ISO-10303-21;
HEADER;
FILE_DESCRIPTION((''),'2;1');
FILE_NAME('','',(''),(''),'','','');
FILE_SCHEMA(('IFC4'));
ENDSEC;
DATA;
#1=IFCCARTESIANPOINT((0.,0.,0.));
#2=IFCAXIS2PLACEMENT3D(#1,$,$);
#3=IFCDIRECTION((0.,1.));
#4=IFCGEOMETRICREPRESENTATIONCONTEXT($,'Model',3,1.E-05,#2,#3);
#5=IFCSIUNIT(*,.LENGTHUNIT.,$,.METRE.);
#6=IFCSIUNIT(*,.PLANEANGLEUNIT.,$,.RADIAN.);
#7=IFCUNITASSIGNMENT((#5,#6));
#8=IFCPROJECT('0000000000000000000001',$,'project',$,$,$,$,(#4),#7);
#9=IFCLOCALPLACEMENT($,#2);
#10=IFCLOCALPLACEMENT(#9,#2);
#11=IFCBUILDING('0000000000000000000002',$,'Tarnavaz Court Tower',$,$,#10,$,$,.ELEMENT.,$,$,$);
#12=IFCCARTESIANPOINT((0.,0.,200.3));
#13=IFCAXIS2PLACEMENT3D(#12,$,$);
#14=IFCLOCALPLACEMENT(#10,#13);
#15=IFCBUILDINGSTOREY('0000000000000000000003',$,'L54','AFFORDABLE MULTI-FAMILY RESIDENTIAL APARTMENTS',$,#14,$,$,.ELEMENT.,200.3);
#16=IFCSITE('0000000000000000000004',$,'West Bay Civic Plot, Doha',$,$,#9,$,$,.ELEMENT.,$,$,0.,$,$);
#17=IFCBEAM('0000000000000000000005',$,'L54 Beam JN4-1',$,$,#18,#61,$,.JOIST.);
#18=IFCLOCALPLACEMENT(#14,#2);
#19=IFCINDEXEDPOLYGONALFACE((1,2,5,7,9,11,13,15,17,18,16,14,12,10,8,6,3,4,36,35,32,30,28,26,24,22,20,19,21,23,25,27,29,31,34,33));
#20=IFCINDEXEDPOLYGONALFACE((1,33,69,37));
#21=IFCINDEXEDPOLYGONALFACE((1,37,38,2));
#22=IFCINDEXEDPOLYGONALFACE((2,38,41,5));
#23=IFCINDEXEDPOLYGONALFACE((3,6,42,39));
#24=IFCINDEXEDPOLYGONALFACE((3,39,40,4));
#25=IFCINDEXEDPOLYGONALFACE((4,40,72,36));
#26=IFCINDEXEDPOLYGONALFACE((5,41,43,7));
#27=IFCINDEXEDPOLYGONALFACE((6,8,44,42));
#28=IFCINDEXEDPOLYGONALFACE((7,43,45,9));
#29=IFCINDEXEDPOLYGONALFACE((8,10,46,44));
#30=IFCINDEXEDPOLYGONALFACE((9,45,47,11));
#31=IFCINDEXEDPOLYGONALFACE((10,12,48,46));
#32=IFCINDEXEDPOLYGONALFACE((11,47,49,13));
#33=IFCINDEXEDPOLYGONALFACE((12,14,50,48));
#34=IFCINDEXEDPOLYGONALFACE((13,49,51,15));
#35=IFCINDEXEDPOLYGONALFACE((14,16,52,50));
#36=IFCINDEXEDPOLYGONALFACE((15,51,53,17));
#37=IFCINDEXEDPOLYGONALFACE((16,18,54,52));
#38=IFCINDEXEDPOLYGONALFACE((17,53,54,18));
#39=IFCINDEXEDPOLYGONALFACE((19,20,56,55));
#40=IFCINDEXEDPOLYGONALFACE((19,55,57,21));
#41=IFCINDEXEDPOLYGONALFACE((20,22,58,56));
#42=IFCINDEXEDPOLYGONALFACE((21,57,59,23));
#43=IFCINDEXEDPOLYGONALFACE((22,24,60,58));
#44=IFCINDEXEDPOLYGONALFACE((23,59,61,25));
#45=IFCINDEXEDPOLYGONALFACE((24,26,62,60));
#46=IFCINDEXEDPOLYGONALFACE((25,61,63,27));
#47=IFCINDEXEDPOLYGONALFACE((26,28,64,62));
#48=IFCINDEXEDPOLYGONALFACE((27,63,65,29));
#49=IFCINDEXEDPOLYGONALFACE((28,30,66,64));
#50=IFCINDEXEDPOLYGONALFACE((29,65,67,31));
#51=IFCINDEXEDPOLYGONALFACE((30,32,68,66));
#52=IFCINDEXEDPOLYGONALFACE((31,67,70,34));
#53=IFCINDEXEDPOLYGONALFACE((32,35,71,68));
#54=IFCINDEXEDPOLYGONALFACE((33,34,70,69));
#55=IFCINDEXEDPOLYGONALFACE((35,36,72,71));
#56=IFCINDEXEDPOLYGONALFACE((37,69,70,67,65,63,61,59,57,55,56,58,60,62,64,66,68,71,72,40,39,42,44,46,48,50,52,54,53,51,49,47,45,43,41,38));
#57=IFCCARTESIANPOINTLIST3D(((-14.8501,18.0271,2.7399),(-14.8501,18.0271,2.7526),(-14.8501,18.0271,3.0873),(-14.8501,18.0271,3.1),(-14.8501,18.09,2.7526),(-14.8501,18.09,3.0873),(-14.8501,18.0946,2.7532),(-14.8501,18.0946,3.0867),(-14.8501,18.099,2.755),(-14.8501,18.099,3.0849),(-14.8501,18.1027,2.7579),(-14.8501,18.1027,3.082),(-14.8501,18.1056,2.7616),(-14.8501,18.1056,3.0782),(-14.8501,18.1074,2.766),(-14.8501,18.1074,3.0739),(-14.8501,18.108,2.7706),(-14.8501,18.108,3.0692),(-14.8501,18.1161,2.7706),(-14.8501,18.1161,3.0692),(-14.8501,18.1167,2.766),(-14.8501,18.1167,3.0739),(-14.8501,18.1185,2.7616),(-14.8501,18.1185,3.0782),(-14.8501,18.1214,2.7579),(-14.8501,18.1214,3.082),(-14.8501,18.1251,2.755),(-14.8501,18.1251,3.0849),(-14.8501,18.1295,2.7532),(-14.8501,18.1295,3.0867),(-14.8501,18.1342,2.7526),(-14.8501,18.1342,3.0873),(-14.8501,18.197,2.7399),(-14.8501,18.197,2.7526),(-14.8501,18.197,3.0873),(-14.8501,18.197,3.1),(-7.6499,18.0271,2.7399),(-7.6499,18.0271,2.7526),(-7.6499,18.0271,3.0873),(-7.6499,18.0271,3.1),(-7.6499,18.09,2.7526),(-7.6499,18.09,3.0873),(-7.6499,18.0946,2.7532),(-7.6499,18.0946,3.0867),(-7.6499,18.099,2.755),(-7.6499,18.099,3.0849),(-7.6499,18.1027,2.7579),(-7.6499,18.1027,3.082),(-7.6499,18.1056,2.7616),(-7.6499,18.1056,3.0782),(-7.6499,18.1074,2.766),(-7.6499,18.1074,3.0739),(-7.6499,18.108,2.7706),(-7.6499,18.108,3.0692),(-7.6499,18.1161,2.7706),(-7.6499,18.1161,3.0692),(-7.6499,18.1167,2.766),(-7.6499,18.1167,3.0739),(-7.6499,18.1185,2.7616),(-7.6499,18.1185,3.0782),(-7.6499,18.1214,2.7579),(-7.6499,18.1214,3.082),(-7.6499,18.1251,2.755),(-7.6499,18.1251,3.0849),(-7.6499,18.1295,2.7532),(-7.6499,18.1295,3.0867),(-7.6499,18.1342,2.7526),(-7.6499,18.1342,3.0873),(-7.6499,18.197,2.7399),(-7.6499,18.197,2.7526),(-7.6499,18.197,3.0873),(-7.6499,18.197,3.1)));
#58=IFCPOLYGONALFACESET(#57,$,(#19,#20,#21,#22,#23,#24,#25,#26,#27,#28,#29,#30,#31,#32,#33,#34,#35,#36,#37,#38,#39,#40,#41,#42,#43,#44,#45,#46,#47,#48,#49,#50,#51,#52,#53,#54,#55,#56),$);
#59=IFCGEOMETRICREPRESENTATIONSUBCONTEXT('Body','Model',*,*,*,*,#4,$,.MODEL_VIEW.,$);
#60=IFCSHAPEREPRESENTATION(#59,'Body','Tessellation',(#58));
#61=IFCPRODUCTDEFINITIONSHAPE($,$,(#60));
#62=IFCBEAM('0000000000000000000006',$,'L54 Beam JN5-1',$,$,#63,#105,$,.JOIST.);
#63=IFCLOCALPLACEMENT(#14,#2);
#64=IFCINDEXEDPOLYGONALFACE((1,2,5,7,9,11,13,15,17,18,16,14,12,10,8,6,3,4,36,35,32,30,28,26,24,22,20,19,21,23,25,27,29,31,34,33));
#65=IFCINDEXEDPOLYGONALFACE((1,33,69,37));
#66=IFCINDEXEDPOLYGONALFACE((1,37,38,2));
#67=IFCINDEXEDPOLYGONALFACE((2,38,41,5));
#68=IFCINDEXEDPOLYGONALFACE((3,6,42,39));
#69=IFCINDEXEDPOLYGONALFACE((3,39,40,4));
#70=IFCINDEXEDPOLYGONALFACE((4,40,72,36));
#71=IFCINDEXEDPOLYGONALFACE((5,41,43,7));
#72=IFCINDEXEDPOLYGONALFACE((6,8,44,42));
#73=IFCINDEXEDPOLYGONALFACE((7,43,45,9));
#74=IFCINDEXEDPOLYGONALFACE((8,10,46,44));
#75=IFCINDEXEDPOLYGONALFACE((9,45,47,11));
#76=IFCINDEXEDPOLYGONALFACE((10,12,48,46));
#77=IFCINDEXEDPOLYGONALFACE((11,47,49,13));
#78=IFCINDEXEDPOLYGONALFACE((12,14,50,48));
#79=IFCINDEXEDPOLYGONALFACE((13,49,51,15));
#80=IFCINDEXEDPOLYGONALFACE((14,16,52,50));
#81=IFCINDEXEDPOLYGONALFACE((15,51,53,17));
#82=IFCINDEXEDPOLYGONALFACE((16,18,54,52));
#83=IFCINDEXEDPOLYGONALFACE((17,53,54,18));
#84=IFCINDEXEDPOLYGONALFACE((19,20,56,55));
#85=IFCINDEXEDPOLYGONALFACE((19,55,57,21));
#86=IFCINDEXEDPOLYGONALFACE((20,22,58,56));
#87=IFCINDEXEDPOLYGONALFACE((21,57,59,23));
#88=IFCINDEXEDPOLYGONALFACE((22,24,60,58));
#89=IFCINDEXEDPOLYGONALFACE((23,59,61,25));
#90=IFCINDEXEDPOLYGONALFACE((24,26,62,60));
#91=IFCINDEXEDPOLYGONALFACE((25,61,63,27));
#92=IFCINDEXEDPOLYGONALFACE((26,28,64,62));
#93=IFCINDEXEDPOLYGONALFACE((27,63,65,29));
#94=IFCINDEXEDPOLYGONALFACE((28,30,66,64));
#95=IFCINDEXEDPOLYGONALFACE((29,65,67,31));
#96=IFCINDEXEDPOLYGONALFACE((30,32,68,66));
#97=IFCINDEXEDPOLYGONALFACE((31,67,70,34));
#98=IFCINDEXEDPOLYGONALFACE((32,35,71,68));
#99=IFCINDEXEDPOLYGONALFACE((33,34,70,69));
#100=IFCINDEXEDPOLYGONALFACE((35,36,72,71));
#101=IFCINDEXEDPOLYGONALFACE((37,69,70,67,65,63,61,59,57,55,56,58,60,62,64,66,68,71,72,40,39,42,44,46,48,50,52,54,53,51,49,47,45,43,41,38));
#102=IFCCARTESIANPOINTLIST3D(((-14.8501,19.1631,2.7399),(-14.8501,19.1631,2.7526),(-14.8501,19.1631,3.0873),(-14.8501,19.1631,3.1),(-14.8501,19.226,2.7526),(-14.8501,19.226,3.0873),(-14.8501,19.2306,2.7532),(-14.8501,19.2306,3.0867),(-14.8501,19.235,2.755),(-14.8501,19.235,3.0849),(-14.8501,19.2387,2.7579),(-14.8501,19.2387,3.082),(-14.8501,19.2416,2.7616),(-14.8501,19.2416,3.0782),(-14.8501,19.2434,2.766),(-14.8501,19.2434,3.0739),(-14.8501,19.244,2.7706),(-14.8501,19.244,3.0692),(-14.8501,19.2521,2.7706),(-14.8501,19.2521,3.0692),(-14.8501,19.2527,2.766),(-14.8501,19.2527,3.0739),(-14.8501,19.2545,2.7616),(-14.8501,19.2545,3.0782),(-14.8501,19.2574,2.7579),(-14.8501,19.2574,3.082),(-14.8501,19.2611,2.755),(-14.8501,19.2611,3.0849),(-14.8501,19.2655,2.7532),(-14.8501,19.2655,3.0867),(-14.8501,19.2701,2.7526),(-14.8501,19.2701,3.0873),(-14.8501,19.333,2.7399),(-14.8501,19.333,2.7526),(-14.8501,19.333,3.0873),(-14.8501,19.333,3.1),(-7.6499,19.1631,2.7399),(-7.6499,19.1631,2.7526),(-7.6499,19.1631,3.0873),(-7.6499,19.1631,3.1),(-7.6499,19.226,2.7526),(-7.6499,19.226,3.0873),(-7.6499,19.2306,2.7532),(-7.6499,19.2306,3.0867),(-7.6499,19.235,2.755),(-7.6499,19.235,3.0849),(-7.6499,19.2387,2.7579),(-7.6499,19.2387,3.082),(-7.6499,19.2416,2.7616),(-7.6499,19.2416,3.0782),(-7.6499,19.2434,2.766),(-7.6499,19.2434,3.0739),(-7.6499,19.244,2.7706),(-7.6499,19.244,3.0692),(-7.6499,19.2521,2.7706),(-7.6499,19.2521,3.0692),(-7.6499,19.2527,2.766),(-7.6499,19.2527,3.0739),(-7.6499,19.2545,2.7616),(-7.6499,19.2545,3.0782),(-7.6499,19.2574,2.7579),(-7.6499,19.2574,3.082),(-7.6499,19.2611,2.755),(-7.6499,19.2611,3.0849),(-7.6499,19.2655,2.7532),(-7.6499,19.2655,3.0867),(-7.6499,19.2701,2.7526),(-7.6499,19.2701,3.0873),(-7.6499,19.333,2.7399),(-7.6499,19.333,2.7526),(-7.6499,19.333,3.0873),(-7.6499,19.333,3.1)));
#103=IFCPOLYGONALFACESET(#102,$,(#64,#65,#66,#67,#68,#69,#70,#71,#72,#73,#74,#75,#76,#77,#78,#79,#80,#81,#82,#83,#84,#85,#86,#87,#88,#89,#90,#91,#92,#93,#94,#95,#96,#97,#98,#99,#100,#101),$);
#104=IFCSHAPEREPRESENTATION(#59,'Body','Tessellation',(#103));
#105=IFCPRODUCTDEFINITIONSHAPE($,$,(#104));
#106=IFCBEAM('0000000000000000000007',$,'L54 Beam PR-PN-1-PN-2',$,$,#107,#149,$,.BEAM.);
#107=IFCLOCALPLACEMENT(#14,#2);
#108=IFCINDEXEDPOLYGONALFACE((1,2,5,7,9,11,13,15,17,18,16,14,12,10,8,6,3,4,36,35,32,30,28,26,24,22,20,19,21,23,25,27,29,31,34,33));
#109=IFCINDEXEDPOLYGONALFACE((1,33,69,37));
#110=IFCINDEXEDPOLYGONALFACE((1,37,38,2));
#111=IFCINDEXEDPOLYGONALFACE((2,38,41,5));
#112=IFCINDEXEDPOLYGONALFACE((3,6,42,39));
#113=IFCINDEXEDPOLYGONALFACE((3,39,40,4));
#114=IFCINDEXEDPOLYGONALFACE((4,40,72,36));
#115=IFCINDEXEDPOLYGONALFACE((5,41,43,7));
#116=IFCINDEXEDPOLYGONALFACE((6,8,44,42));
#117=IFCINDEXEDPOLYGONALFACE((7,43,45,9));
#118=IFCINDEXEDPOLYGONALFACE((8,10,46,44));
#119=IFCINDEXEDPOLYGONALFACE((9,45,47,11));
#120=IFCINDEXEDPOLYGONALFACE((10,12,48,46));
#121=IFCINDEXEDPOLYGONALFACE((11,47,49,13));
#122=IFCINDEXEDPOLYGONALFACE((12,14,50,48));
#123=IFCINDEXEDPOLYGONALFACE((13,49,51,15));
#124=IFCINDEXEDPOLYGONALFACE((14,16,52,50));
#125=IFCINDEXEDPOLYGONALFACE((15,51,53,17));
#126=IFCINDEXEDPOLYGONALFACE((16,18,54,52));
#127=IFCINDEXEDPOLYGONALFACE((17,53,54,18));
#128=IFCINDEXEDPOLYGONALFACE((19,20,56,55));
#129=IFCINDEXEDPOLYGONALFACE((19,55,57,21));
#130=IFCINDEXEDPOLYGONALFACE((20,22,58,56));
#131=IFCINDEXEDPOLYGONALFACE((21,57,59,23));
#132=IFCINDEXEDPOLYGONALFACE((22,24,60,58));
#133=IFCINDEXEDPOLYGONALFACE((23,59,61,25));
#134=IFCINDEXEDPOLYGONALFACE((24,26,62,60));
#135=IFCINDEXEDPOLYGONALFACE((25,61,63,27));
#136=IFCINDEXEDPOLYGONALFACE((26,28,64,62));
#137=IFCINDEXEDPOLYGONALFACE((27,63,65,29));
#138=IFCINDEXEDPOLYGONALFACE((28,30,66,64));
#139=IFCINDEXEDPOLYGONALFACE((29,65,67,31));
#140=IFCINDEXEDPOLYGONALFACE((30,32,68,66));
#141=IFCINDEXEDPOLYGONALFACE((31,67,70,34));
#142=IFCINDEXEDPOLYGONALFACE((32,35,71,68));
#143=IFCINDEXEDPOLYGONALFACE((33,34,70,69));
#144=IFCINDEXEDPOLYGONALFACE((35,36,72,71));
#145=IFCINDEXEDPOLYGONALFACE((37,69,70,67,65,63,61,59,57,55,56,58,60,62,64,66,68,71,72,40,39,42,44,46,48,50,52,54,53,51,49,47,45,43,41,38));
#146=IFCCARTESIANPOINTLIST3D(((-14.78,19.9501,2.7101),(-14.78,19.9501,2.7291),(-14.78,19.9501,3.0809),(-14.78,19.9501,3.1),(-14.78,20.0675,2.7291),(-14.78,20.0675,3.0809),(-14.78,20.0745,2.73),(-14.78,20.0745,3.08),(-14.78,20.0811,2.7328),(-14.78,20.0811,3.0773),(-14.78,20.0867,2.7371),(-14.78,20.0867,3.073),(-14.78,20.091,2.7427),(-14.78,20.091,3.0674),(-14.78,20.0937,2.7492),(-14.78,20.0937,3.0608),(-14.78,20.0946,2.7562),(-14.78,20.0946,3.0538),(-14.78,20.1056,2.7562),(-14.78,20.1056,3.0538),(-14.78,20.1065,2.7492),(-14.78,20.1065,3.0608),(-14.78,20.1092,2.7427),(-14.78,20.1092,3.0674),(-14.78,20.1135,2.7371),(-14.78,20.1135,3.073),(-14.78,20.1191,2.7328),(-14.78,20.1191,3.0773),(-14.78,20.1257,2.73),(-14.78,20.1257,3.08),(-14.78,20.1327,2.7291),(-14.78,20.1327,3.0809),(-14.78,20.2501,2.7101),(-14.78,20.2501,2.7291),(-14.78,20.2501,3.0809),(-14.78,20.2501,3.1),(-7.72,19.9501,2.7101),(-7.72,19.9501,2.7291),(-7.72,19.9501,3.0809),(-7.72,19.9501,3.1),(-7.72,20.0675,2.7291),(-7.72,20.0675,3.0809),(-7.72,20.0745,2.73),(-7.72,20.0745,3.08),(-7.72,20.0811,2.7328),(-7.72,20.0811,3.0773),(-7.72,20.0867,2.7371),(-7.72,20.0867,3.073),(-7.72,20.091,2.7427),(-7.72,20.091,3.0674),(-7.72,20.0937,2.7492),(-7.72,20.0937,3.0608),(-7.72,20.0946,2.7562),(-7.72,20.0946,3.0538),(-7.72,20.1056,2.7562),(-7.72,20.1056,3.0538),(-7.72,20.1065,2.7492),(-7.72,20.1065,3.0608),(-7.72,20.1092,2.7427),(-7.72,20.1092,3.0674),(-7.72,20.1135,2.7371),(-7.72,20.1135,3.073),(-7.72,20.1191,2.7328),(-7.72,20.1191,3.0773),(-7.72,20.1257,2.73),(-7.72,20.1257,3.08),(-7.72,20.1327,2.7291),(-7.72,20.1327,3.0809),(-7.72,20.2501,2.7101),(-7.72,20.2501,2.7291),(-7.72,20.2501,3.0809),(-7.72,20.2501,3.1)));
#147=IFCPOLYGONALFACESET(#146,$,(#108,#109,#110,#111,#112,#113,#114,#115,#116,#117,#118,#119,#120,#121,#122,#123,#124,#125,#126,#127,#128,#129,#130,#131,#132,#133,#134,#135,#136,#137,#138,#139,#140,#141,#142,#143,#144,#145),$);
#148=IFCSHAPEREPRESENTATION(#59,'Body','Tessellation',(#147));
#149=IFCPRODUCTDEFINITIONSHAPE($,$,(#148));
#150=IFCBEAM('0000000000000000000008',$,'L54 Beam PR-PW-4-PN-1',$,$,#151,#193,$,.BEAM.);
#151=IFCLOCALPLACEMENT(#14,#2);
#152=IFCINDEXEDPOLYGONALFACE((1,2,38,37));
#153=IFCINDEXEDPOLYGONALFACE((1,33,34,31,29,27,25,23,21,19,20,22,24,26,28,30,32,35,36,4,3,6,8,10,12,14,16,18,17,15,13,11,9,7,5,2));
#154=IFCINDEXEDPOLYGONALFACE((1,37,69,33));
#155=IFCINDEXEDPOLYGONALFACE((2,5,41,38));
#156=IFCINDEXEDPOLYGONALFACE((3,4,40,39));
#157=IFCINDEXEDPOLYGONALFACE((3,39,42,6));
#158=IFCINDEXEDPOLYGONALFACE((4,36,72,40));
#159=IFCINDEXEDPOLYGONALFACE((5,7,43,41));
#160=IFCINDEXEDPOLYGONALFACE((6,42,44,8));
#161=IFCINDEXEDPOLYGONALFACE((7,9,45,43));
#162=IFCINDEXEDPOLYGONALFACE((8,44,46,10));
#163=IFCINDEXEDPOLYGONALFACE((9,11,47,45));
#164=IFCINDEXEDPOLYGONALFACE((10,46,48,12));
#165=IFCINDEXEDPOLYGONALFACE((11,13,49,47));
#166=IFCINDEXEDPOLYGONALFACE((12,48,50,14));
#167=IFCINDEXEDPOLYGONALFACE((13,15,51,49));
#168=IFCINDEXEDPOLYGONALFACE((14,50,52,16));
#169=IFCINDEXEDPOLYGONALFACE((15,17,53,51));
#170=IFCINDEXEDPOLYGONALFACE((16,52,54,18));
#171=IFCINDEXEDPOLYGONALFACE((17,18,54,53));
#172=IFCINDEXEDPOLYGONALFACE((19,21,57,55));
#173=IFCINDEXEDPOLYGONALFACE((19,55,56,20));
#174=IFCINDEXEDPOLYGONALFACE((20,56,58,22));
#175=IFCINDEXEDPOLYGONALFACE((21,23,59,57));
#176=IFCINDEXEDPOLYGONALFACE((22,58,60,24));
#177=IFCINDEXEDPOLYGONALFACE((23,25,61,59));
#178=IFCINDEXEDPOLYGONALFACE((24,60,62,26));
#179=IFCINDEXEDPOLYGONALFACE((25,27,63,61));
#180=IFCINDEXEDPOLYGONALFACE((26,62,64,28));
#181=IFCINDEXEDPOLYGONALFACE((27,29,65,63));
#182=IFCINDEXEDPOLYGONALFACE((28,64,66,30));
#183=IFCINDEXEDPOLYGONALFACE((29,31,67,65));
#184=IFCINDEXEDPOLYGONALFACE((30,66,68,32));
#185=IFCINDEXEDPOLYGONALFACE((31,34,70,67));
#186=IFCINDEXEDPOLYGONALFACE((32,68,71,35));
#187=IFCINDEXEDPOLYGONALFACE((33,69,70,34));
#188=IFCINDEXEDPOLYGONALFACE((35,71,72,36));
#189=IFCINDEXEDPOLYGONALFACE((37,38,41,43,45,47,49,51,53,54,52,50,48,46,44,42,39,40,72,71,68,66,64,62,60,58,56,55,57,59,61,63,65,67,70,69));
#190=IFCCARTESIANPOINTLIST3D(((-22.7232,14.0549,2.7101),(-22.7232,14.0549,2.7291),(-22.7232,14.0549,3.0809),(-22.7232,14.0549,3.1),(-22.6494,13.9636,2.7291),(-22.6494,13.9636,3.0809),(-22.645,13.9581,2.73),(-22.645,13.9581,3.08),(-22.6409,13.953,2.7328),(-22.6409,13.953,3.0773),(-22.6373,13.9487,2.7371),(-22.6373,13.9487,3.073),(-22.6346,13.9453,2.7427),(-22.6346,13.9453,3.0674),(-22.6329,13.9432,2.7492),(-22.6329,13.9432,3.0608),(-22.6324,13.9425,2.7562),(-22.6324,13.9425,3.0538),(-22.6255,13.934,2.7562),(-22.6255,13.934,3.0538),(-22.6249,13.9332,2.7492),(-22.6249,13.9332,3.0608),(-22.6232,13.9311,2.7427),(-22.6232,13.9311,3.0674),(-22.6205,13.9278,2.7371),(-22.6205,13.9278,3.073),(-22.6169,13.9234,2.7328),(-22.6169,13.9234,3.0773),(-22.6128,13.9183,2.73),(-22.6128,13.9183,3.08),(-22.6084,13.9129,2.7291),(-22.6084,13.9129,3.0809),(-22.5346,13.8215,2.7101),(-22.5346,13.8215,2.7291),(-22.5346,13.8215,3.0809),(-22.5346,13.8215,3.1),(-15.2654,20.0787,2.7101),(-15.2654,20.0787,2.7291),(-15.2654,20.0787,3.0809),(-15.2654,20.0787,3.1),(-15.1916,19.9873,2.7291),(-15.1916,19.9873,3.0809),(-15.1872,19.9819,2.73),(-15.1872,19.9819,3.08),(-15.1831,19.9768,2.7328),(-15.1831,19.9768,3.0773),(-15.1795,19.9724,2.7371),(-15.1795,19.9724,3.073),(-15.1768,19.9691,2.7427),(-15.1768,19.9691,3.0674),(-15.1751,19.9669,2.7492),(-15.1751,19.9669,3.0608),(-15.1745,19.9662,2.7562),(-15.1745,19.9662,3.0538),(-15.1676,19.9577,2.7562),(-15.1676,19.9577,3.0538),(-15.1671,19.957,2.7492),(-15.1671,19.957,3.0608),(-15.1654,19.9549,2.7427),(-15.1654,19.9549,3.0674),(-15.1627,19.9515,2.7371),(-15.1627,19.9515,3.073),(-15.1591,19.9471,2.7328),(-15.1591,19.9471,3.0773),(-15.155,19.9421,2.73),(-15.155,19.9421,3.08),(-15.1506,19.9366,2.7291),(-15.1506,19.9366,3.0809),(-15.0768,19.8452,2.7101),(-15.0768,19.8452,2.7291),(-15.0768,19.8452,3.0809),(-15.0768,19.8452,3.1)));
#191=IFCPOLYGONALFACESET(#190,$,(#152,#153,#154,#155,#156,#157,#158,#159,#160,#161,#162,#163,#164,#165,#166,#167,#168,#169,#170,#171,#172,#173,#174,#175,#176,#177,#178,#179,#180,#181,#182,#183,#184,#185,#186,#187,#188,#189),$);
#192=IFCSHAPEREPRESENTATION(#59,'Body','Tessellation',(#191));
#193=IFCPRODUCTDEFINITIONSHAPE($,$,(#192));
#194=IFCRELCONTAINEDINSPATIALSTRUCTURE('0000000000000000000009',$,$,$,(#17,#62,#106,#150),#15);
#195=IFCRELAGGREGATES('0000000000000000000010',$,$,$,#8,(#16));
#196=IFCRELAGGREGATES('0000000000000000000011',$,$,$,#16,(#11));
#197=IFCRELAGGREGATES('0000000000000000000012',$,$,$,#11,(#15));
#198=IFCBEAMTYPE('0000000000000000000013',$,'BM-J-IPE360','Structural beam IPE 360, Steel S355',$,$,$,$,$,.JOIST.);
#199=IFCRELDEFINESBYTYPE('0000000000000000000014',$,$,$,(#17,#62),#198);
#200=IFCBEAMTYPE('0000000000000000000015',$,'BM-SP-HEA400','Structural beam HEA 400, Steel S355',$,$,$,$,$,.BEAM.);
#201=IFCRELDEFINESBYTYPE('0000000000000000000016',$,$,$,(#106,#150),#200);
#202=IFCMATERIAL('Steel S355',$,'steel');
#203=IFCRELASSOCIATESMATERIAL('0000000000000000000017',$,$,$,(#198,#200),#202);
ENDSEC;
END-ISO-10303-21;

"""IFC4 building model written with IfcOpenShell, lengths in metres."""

from ifc_helpers import new_model, si_unit, direction, frame, origin, origin_2d, place, context, subcontext, project, spatial, i_section, extrude, material, material_profile, profile_set, type_object, element, save


model = new_model("IFC4")

# Units and contexts
model_context = context("Model", 3, precision=1e-05, world=origin(), true_north=direction((0.0, 1.0)))
body_context = subcontext(model_context, "Body", "Model", "MODEL_VIEW")
ifc_project = project(units=[si_unit("LENGTHUNIT", "METRE"), si_unit("PLANEANGLEUNIT", "RADIAN")], contexts=[model_context])

# Site, building, storey
site_placement = place(None, origin())
site = spatial("IfcSite", under=ifc_project, at=site_placement, Name="West Bay Civic Plot, Doha", CompositionType="ELEMENT", RefElevation=0.0)
building_placement = place(site_placement, origin())
building = spatial("IfcBuilding", under=site, at=building_placement, Name="Tarnavaz Court Tower", CompositionType="ELEMENT")
storey_placement = place(building_placement, frame((0.0, 0.0, 200.3)))
storey = spatial("IfcBuildingStorey", under=building, at=storey_placement, Name="L54", Description="AFFORDABLE MULTI-FAMILY RESIDENTIAL APARTMENTS", CompositionType="ELEMENT", Elevation=200.3)

# Beams
ifc_material_1 = material(Name="Steel S355", Category="steel")
ifc_material_profile_1 = material_profile(ifc_material_1, i_section(OverallWidth=0.1699, OverallDepth=0.3601, WebThickness=0.0081, FlangeThickness=0.0127, FilletRadius=0.0181, at=origin_2d()), Name="IPE 360")
ifc_profile_set_1 = profile_set([ifc_material_profile_1], Name="Steel S355")
beam_type_1 = type_object("IfcBeamType", Name="BM-J-IPE360", Description="Structural beam IPE 360, Steel S355", PredefinedType="JOIST", material=ifc_profile_set_1)
for number, where, z_axis, x_axis, name in (
    (1, (-14.8501, 18.1121, 2.9199), (1.0, 0.0, 0.0), (0.0, 1.0, 0.0), "L54 Beam JN4-1"),
    (2, (-14.8501, 19.248, 2.9199), (1.0, 0.0, 0.0), (0.0, 1.0, 0.0), "L54 Beam JN5-1"),
):
    element("IfcBeam", number, at=place(storey_placement, frame(where, z_axis=z_axis, x_axis=x_axis)), inside=storey, type_object=beam_type_1, Name=name, PredefinedType="JOIST", context=body_context, shape_type="SweptSolid", body=[
        extrude(i_section(OverallWidth=0.1699, OverallDepth=0.3601, WebThickness=0.0081, FlangeThickness=0.0127, FilletRadius=0.0181, at=origin_2d()), origin(), (0.0, 0.0, 1.0), 7.2002),
    ])
ifc_material_profile_2 = material_profile(ifc_material_1, i_section(OverallWidth=0.3, OverallDepth=0.3899, WebThickness=0.011, FlangeThickness=0.019, FilletRadius=0.0271, at=origin_2d()), Name="HEA 400")
ifc_profile_set_2 = profile_set([ifc_material_profile_2], Name="Steel S355")
beam_type_2 = type_object("IfcBeamType", Name="BM-SP-HEA400", Description="Structural beam HEA 400, Steel S355", PredefinedType="BEAM", material=ifc_profile_set_2)
beam_1_placement = place(storey_placement, frame((-14.78, 20.1001, 2.905), z_axis=(1.0, 0.0, 0.0), x_axis=(0.0, 1.0, 0.0)))
element("IfcBeam", 3, at=beam_1_placement, inside=storey, type_object=beam_type_2, Name="L54 Beam PR-PN-1-PN-2", PredefinedType="BEAM", context=body_context, shape_type="SweptSolid", body=[
    extrude(i_section(OverallWidth=0.3, OverallDepth=0.3899, WebThickness=0.011, FlangeThickness=0.019, FilletRadius=0.0271, at=origin_2d()), origin(), (0.0, 0.0, 1.0), 7.0601),
])
beam_2_placement = place(storey_placement, frame((-22.6289, 13.9382, 2.905), z_axis=(0.777936, 0.628344, 0.0), x_axis=(-0.628344, 0.777936, 0.0)))
element("IfcBeam", 4, at=beam_2_placement, inside=storey, type_object=beam_type_2, Name="L54 Beam PR-PW-4-PN-1", PredefinedType="BEAM", context=body_context, shape_type="SweptSolid", body=[
    extrude(i_section(OverallWidth=0.3, OverallDepth=0.3899, WebThickness=0.011, FlangeThickness=0.019, FilletRadius=0.0271, at=origin_2d()), origin(), (0.0, 0.0, 1.0), 9.5867),
])

save(model, "model.ifc")
